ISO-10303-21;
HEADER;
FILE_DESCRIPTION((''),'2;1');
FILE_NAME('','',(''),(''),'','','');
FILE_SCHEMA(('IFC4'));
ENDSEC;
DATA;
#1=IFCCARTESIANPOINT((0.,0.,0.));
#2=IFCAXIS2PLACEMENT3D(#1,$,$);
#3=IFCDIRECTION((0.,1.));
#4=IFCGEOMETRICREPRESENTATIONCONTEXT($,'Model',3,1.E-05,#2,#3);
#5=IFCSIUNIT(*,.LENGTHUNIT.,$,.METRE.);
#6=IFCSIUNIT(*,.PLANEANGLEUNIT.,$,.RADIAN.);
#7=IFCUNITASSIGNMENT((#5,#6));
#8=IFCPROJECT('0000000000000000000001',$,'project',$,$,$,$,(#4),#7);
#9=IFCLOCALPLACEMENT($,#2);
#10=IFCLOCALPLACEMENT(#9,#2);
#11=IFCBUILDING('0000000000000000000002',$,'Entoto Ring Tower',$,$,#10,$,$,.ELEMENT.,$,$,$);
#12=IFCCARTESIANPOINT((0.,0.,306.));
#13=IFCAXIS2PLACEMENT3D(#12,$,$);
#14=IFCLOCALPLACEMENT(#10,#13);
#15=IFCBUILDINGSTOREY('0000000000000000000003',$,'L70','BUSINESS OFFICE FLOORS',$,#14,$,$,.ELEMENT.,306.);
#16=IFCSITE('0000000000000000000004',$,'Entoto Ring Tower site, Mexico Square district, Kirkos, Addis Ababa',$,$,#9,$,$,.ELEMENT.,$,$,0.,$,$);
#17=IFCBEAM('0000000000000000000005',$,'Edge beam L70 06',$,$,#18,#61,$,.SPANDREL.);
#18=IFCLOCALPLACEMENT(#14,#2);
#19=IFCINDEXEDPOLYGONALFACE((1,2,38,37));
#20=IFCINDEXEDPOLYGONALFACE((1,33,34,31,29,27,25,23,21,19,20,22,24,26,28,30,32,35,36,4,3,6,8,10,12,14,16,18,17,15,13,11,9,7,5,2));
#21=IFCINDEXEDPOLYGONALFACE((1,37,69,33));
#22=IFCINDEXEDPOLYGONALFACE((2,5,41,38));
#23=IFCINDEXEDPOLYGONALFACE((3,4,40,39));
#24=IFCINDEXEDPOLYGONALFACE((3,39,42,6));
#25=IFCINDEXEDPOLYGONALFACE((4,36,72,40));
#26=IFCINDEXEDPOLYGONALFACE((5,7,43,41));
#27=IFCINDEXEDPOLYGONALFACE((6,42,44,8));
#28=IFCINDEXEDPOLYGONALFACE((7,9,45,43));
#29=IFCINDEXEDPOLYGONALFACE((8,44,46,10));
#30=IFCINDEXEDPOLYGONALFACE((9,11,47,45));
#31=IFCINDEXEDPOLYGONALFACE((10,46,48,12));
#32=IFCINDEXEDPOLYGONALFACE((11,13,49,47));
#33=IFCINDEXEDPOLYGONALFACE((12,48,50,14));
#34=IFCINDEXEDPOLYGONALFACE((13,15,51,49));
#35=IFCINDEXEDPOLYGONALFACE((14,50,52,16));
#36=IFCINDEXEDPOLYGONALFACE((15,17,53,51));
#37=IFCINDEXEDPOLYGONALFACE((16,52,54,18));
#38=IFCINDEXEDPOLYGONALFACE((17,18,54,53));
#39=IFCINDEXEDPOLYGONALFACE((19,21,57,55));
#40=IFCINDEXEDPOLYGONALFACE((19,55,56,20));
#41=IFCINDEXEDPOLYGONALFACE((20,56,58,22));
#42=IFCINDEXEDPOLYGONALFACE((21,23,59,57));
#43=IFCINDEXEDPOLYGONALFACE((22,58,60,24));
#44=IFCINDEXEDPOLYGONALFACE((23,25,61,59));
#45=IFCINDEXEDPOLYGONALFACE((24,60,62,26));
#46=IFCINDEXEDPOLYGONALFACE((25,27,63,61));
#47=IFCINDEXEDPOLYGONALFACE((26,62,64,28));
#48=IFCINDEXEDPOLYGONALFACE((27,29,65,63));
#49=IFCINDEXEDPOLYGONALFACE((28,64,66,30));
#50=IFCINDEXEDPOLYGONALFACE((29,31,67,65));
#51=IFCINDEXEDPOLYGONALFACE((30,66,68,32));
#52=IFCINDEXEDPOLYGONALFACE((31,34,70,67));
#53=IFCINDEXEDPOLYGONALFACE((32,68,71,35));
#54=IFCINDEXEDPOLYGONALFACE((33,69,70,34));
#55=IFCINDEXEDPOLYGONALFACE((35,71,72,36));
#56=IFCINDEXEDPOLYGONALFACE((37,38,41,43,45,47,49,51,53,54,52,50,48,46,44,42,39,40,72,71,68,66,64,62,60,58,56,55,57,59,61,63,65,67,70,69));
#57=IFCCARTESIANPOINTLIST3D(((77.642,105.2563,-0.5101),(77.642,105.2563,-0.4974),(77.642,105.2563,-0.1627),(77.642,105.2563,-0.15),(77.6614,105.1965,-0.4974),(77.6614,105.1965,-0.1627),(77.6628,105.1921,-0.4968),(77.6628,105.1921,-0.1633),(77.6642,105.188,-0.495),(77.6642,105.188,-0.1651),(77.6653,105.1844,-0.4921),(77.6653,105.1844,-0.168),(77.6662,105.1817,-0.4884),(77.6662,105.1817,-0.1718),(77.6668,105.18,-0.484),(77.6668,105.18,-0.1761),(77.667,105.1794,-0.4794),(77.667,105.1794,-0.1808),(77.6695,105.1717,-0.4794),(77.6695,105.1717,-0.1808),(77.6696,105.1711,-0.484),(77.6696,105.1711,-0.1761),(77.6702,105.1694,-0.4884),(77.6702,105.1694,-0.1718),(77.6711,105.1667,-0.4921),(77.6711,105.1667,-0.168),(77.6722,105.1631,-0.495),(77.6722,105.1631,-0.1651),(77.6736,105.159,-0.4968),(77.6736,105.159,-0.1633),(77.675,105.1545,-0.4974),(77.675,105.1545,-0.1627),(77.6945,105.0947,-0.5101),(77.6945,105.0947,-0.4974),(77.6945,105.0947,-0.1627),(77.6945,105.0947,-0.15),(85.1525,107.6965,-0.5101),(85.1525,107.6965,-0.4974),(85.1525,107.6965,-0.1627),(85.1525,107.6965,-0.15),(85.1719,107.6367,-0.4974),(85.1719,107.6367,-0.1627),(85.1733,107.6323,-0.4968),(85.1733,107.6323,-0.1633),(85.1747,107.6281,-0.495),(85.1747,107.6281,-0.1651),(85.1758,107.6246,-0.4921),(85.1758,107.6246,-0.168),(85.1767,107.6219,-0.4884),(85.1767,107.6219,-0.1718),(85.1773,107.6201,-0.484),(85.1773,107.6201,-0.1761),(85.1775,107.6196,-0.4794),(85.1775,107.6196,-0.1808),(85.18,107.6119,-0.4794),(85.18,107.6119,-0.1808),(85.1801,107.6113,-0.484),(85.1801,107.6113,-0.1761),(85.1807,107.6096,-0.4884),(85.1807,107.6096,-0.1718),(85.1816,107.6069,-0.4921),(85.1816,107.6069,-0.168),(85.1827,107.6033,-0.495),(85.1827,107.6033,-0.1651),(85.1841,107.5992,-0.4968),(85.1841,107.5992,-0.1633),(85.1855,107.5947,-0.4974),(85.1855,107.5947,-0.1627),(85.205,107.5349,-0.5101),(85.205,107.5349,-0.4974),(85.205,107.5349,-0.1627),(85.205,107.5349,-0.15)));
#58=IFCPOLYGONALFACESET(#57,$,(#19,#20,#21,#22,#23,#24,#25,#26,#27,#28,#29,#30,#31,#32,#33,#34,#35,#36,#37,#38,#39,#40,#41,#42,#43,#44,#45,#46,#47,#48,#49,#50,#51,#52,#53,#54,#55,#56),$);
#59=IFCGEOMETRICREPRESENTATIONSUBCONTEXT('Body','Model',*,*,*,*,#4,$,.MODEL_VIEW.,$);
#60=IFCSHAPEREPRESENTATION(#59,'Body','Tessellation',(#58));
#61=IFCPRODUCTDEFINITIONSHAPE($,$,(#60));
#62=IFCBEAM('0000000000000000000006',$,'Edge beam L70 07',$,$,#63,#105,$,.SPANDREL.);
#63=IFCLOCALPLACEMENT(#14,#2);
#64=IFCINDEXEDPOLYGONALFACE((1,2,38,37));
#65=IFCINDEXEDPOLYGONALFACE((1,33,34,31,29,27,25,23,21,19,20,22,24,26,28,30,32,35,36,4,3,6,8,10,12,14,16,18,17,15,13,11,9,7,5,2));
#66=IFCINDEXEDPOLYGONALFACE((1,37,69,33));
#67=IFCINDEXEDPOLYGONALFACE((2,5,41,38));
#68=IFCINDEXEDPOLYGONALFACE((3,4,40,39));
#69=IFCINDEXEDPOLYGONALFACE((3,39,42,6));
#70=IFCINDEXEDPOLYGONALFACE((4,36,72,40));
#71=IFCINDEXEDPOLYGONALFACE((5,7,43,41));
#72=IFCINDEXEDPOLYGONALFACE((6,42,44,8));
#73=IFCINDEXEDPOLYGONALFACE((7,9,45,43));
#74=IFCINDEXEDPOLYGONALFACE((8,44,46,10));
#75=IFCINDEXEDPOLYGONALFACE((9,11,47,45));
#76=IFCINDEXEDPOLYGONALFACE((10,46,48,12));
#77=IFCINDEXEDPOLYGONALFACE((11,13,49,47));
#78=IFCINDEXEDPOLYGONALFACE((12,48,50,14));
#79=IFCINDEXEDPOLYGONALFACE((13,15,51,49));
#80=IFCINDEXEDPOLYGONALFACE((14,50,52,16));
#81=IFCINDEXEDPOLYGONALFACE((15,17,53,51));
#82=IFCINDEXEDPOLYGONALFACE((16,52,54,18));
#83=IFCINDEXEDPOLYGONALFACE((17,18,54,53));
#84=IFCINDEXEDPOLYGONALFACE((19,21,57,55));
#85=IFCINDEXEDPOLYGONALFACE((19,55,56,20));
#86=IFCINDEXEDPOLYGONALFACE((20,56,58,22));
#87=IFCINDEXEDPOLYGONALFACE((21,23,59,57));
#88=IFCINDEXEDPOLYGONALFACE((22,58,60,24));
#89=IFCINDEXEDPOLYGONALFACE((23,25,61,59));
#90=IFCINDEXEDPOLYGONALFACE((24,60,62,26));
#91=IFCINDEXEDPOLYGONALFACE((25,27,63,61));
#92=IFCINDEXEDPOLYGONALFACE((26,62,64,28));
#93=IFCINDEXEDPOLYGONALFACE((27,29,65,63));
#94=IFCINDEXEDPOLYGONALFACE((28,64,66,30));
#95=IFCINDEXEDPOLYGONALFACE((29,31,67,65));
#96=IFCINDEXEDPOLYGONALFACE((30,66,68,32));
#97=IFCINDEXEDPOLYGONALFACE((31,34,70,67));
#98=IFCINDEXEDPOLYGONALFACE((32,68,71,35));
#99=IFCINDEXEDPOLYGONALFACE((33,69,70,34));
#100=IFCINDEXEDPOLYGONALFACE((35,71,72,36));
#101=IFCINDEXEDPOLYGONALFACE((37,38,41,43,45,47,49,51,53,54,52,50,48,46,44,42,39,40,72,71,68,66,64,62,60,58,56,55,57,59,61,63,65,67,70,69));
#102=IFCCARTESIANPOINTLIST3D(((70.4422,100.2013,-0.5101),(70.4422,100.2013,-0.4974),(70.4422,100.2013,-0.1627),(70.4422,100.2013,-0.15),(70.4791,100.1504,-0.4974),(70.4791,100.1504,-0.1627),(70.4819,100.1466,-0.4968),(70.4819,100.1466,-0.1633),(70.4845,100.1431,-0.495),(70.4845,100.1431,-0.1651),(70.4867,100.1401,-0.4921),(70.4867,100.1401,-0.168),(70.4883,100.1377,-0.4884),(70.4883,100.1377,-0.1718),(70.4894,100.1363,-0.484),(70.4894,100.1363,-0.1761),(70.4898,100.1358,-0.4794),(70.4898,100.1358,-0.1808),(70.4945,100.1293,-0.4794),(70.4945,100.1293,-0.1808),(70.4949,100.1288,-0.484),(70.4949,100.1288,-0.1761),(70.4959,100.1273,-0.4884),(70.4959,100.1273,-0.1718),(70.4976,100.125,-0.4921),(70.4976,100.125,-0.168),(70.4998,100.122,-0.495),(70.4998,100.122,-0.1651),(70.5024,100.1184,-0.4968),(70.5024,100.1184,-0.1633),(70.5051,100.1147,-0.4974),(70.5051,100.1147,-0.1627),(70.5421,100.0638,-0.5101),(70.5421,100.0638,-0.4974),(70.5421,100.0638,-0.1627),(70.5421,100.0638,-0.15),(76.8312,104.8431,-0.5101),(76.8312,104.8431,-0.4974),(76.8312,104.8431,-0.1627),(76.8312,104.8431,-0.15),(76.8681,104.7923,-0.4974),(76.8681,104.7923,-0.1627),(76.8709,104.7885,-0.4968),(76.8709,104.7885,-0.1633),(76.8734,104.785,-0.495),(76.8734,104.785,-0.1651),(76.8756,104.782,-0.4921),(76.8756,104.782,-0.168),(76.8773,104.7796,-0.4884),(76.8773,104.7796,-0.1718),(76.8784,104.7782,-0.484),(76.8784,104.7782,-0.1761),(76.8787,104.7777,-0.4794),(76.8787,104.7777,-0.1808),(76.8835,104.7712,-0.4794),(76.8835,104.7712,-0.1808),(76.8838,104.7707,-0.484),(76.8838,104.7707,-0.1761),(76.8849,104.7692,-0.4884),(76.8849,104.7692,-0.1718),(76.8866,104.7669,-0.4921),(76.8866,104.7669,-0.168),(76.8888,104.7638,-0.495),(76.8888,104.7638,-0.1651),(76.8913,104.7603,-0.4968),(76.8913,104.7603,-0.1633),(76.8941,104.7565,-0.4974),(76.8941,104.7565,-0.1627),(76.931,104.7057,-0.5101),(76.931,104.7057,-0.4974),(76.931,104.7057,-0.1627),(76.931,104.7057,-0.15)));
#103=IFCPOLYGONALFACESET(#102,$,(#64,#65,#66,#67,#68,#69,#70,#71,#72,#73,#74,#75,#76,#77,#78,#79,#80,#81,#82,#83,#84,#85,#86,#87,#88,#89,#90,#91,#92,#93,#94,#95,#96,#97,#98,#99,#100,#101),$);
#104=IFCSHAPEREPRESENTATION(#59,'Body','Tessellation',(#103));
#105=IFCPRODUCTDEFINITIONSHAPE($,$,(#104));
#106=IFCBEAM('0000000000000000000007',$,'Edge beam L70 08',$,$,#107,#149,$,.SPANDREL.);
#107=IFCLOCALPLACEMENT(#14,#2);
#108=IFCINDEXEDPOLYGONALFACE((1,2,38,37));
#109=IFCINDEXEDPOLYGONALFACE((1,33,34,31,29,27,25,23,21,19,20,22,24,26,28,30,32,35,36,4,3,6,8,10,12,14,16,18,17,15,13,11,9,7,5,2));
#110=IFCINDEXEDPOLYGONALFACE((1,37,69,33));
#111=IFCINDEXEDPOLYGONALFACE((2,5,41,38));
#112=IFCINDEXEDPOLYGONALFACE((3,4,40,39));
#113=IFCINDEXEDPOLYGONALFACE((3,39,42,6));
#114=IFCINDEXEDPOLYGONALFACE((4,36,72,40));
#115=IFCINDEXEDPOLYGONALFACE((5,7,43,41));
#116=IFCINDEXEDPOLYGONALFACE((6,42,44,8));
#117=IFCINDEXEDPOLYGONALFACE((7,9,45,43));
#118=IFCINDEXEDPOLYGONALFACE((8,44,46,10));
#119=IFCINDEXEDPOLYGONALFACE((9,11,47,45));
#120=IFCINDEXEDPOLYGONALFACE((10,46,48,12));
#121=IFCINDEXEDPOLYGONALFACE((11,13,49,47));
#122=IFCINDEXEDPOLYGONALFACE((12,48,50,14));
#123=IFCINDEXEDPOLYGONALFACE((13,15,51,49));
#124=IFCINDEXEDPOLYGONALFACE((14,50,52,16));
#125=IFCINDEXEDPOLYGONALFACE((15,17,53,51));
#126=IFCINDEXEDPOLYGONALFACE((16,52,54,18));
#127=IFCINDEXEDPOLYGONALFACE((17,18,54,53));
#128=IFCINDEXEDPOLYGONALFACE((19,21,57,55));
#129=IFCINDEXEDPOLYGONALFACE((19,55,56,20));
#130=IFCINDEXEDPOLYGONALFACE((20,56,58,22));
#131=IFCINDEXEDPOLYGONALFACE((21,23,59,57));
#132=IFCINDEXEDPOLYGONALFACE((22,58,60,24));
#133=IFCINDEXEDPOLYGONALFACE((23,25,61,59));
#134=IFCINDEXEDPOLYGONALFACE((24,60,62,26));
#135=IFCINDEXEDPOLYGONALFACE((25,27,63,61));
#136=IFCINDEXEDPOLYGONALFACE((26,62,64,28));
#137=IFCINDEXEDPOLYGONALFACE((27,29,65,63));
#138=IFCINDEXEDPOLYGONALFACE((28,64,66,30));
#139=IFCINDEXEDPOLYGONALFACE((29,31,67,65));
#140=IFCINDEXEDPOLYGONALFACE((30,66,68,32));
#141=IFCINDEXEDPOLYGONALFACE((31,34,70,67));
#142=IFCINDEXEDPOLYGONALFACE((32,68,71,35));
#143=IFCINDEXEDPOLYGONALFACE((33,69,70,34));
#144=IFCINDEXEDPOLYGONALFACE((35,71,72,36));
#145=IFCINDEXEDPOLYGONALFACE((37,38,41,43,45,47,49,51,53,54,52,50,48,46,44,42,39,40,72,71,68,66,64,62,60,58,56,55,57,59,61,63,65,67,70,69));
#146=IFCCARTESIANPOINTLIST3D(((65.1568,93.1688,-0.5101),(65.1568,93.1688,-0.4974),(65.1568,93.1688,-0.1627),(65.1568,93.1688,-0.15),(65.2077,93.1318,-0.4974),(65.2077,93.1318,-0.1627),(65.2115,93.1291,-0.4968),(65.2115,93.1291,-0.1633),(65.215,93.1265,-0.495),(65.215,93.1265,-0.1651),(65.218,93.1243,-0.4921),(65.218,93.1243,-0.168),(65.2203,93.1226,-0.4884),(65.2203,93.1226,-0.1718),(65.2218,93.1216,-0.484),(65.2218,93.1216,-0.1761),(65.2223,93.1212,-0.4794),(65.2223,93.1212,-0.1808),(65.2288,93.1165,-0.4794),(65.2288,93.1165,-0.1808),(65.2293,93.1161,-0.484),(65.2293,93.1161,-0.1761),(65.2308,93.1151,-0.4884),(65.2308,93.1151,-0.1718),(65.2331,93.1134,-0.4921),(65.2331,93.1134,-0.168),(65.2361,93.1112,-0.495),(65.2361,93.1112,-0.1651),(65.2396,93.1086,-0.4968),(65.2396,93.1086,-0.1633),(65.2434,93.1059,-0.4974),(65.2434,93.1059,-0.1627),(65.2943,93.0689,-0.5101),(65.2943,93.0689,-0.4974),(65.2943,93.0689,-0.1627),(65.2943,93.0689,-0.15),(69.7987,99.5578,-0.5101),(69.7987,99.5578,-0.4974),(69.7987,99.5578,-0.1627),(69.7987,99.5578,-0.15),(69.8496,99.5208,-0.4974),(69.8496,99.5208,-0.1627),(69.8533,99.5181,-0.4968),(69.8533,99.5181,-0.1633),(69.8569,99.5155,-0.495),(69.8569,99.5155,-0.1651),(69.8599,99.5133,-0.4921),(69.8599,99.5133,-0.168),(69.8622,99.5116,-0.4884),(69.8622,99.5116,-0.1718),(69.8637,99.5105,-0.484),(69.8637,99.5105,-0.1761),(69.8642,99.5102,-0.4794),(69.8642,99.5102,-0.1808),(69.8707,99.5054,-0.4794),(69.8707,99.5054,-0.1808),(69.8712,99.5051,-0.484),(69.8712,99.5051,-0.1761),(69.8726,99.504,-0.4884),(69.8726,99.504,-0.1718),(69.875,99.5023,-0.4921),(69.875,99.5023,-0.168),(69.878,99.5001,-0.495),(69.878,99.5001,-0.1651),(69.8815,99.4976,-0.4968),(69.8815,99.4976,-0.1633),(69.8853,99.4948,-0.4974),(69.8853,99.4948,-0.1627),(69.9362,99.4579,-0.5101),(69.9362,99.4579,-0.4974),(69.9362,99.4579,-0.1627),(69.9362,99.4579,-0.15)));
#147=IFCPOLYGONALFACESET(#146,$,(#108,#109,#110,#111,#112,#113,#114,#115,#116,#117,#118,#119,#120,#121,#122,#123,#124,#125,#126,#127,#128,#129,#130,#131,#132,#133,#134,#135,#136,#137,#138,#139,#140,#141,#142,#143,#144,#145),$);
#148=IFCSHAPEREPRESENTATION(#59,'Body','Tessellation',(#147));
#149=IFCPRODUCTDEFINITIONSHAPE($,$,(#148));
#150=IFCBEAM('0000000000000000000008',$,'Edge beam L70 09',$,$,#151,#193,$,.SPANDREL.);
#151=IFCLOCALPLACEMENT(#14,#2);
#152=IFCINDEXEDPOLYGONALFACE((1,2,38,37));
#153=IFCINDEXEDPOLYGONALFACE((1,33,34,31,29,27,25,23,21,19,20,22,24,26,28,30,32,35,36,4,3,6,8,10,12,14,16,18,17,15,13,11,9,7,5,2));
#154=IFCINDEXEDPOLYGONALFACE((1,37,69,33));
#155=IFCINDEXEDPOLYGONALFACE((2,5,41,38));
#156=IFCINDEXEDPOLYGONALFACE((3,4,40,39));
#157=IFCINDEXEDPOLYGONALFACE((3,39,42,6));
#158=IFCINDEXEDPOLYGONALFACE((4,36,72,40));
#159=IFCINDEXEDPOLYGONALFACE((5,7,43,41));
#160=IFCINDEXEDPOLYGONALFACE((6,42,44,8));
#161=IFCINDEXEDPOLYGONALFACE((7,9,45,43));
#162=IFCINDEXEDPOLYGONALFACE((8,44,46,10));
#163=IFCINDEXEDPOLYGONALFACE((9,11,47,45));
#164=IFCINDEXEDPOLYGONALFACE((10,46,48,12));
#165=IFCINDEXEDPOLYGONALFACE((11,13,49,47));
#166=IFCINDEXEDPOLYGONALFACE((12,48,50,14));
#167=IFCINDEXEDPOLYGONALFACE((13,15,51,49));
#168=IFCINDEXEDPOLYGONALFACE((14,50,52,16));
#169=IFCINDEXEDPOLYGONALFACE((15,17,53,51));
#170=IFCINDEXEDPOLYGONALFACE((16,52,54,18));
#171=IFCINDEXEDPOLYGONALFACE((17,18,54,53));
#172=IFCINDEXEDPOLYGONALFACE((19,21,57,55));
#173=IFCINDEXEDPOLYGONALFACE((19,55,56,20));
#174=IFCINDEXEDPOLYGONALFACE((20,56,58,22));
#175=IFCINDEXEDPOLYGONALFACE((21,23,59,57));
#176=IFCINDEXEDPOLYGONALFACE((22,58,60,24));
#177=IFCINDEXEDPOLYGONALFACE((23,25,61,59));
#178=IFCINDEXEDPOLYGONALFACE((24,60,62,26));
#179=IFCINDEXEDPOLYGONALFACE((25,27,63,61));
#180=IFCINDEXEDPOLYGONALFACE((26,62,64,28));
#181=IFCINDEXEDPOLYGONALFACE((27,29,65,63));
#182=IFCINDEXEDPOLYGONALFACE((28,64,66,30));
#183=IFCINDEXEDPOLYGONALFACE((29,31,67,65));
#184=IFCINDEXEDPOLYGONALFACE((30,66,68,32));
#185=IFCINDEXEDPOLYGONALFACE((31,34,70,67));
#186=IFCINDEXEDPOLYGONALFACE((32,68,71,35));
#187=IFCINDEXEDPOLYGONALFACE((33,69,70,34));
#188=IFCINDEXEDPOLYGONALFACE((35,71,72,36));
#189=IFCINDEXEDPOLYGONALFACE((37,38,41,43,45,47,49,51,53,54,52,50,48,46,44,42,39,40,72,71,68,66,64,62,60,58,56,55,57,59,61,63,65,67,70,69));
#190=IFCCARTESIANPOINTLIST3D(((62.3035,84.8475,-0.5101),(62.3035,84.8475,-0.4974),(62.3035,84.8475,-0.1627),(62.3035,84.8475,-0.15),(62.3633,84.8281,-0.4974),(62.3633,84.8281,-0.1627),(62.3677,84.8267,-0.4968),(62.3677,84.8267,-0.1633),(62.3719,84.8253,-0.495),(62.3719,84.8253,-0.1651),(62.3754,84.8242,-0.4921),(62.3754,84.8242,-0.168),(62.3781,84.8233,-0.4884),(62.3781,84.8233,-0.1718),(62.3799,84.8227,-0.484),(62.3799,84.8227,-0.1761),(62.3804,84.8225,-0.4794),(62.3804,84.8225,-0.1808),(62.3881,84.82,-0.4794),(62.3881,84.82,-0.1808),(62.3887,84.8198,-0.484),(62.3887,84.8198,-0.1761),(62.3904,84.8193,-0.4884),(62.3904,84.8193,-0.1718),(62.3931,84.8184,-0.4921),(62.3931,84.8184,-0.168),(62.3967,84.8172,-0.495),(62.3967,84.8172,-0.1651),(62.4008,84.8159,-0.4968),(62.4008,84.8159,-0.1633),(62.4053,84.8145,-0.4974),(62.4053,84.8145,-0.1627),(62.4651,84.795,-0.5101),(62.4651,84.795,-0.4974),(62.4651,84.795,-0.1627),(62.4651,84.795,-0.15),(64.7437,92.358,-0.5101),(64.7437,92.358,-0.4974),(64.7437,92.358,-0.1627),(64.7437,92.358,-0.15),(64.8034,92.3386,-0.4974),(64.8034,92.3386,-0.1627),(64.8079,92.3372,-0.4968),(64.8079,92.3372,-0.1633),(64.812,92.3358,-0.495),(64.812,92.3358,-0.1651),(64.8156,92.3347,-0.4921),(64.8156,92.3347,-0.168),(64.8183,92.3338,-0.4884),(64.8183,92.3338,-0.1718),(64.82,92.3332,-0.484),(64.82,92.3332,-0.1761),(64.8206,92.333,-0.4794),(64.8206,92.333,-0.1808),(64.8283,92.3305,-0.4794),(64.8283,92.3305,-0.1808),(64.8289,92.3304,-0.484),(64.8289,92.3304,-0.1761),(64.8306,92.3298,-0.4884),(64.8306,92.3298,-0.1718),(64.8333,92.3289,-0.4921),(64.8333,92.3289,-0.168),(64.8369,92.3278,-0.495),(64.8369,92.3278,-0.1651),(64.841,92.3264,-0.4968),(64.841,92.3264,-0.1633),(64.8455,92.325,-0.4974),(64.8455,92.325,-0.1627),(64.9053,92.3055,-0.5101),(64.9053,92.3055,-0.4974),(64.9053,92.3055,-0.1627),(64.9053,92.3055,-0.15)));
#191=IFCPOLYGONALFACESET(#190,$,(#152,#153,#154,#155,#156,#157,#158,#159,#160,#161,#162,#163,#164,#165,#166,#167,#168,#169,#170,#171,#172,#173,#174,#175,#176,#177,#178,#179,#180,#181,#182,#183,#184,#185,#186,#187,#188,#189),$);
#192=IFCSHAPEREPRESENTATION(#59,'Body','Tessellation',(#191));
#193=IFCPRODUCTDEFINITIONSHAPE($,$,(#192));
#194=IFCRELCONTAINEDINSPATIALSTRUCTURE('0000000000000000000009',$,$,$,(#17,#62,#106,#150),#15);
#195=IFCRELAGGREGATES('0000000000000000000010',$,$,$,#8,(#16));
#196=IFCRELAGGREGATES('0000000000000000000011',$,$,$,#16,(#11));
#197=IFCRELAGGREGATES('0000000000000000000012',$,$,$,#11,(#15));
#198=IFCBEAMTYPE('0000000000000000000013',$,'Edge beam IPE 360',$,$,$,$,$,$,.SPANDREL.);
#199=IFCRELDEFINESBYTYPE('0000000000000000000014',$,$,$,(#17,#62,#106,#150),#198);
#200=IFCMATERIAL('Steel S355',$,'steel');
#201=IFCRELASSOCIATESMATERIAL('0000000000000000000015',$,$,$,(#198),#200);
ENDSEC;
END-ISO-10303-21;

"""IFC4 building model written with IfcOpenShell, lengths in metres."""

from ifc_helpers import new_model, si_unit, direction, frame, origin, origin_2d, place, context, subcontext, project, spatial, i_section, extrude, material, material_profile, profile_set, type_object, element, save


model = new_model("IFC4")

# Units and contexts
model_context = context("Model", 3, precision=1e-05, world=origin(), true_north=direction((0.0, 1.0)))
body_context = subcontext(model_context, "Body", "Model", "MODEL_VIEW")
ifc_project = project(units=[si_unit("LENGTHUNIT", "METRE"), si_unit("PLANEANGLEUNIT", "RADIAN")], contexts=[model_context])

# Site, building, storey
site_placement = place(None, origin())
site = spatial("IfcSite", under=ifc_project, at=site_placement, Name="Entoto Ring Tower site, Mexico Square district, Kirkos, Addis Ababa", CompositionType="ELEMENT", RefElevation=0.0)
building_placement = place(site_placement, origin())
building = spatial("IfcBuilding", under=site, at=building_placement, Name="Entoto Ring Tower", CompositionType="ELEMENT")
storey_placement = place(building_placement, frame((0.0, 0.0, 306.0)))
storey = spatial("IfcBuildingStorey", under=building, at=storey_placement, Name="L70", Description="BUSINESS OFFICE FLOORS", CompositionType="ELEMENT", Elevation=306.0)

# Beams
ifc_material_1 = material(Name="Steel S355", Category="steel")
ifc_material_profile_1 = material_profile(ifc_material_1, i_section(OverallWidth=0.1699, OverallDepth=0.3601, WebThickness=0.0081, FlangeThickness=0.0127, FilletRadius=0.0181, at=origin_2d()), Name="IPE 360")
ifc_profile_set_1 = profile_set([ifc_material_profile_1], Name="Steel S355")
beam_type_1 = type_object("IfcBeamType", Name="Edge beam IPE 360", PredefinedType="SPANDREL", material=ifc_profile_set_1)
beam_1_placement = place(storey_placement, frame((85.1787, 107.6157, -0.3301), z_axis=(-0.951061, -0.309003, 0.0), x_axis=(0.309003, -0.951061, 0.0)))
element("IfcBeam", 1, at=beam_1_placement, inside=storey, type_object=beam_type_1, Name="Edge beam L70 06", PredefinedType="SPANDREL", context=body_context, shape_type="SweptSolid", body=[
    extrude(i_section(OverallWidth=0.1699, OverallDepth=0.3601, WebThickness=0.0081, FlangeThickness=0.0127, FilletRadius=0.0181, at=origin_2d()), origin(), (0.0, 0.0, 1.0), 7.897),
])
for number, where, z_axis, x_axis, name in (
    (2, (76.8811, 104.7744, -0.3301), (-0.809015, -0.587787, 0.0), (0.587787, -0.809015, 0.0), "Edge beam L70 07"),
    (3, (69.8674, 99.5078, -0.3301), (-0.587787, -0.809015, 0.0), (0.809015, -0.587787, 0.0), "Edge beam L70 08"),
):
    element("IfcBeam", number, at=place(storey_placement, frame(where, z_axis=z_axis, x_axis=x_axis)), inside=storey, type_object=beam_type_1, Name=name, PredefinedType="SPANDREL", context=body_context, shape_type="SweptSolid", body=[
        extrude(i_section(OverallWidth=0.1699, OverallDepth=0.3601, WebThickness=0.0081, FlangeThickness=0.0127, FilletRadius=0.0181, at=origin_2d()), origin(), (0.0, 0.0, 1.0), 7.8972),
    ])
beam_2_placement = place(storey_placement, frame((64.8245, 92.3318, -0.3301), z_axis=(-0.309003, -0.951061, 0.0), x_axis=(0.951061, -0.309003, 0.0)))
element("IfcBeam", 4, at=beam_2_placement, inside=storey, type_object=beam_type_1, Name="Edge beam L70 09", PredefinedType="SPANDREL", context=body_context, shape_type="SweptSolid", body=[
    extrude(i_section(OverallWidth=0.1699, OverallDepth=0.3601, WebThickness=0.0081, FlangeThickness=0.0127, FilletRadius=0.0181, at=origin_2d()), origin(), (0.0, 0.0, 1.0), 7.897),
])

save(model, "model.ifc")
